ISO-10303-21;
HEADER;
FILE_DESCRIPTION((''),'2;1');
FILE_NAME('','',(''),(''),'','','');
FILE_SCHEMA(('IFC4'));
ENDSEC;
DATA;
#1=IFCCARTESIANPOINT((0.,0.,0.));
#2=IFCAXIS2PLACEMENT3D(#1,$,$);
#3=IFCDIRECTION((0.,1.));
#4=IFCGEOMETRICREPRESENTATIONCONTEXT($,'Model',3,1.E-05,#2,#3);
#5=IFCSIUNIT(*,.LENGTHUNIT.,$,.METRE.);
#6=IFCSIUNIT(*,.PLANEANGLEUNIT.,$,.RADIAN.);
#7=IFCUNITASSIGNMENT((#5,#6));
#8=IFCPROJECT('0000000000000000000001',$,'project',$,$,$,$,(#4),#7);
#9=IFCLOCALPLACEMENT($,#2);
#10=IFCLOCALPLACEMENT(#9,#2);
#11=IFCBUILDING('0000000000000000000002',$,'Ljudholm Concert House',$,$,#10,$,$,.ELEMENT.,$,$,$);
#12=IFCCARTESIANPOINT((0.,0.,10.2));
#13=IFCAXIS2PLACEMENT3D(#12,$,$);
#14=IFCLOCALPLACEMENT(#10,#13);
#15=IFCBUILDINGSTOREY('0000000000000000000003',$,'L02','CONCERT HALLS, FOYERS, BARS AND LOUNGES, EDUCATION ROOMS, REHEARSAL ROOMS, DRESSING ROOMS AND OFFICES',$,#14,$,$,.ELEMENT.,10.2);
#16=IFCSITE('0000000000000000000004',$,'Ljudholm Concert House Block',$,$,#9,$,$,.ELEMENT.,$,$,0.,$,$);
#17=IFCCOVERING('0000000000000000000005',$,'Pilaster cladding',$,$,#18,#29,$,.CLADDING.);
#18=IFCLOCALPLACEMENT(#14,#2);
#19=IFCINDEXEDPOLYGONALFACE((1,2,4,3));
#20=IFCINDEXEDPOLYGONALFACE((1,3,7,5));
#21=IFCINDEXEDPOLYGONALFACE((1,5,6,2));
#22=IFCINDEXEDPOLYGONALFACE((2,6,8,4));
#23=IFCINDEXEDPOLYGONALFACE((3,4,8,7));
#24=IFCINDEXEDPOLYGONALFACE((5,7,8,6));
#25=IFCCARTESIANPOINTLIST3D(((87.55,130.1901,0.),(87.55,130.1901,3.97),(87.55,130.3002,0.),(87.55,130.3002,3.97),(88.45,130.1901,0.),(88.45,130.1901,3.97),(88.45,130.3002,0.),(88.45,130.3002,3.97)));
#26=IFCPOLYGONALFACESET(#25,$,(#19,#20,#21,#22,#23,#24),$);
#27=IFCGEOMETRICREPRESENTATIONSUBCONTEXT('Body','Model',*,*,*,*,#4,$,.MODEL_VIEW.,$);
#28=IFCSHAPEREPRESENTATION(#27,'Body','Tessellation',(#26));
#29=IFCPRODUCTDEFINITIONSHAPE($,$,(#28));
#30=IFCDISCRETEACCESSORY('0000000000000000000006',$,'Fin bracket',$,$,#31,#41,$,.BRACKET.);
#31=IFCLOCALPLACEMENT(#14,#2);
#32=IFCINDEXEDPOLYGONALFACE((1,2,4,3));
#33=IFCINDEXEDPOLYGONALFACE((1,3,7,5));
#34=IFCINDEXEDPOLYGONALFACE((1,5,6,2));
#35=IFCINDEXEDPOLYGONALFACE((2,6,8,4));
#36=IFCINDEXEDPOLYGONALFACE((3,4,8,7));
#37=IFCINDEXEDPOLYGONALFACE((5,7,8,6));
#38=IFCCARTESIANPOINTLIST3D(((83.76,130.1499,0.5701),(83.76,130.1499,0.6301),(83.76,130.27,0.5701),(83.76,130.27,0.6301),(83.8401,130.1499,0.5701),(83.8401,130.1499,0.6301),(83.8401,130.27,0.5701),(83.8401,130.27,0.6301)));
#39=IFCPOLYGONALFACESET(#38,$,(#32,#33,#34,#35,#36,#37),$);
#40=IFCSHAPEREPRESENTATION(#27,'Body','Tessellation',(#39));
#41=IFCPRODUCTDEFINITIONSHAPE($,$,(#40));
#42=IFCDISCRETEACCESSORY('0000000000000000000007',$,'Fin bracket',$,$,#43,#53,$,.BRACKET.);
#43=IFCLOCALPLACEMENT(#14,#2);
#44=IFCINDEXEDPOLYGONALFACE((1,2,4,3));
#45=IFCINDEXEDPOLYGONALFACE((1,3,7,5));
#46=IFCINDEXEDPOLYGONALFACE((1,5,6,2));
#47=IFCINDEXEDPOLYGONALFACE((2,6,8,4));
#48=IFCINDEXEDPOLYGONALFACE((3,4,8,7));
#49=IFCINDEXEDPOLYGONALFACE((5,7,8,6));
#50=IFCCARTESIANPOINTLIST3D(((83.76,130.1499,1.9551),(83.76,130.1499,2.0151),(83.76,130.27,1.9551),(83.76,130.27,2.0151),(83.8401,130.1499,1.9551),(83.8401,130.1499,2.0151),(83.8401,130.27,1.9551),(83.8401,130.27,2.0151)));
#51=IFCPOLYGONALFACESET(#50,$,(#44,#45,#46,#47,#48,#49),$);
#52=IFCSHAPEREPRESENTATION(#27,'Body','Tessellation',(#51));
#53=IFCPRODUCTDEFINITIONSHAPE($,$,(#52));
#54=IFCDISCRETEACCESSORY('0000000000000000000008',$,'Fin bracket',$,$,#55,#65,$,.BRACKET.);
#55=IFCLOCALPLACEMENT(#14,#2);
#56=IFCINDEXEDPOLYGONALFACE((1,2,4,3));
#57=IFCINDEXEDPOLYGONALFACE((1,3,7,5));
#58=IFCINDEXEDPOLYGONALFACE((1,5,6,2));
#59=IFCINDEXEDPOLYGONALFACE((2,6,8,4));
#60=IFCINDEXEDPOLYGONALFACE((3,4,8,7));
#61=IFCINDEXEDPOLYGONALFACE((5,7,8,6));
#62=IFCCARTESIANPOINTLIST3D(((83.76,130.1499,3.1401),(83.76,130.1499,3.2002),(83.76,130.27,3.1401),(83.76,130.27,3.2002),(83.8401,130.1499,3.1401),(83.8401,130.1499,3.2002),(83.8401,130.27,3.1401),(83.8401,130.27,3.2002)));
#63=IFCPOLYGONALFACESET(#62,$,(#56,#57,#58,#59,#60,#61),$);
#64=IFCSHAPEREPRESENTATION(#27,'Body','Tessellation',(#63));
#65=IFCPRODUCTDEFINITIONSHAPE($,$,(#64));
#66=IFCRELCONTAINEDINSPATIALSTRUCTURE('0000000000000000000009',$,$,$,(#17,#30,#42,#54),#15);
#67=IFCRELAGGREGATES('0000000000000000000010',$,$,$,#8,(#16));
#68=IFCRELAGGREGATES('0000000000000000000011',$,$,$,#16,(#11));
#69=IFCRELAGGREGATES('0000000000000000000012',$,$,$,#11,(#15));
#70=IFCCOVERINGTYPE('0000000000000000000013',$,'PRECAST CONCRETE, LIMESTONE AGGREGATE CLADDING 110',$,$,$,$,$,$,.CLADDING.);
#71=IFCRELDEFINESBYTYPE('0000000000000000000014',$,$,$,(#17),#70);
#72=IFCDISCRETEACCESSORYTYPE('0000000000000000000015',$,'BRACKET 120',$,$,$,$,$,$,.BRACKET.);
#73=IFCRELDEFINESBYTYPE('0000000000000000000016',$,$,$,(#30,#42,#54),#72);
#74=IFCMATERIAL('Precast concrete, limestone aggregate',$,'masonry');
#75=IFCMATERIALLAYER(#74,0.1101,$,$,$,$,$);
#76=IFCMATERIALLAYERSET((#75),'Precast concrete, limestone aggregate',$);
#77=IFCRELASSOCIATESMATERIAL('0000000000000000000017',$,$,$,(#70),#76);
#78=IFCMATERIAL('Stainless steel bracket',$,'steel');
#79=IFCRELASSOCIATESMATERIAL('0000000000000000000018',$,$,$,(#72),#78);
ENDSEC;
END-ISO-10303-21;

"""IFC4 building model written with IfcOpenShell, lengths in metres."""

from ifc_helpers import new_model, si_unit, direction, frame, origin, origin_2d, place, context, subcontext, project, spatial, rectangle, extrude, material, layer, layer_set, type_object, element, save


model = new_model("IFC4")

# Units and contexts
model_context = context("Model", 3, precision=1e-05, world=origin(), true_north=direction((0.0, 1.0)))
body_context = subcontext(model_context, "Body", "Model", "MODEL_VIEW")
ifc_project = project(units=[si_unit("LENGTHUNIT", "METRE"), si_unit("PLANEANGLEUNIT", "RADIAN")], contexts=[model_context])

# Site, building, storey
site_placement = place(None, origin())
site = spatial("IfcSite", under=ifc_project, at=site_placement, Name="Ljudholm Concert House Block", CompositionType="ELEMENT", RefElevation=0.0)
building_placement = place(site_placement, origin())
building = spatial("IfcBuilding", under=site, at=building_placement, Name="Ljudholm Concert House", CompositionType="ELEMENT")
storey_placement = place(building_placement, frame((0.0, 0.0, 10.2)))
storey = spatial("IfcBuildingStorey", under=building, at=storey_placement, Name="L02", Description="CONCERT HALLS, FOYERS, BARS AND LOUNGES, EDUCATION ROOMS, REHEARSAL ROOMS, DRESSING ROOMS AND OFFICES", CompositionType="ELEMENT", Elevation=10.2)

# Covering
ifc_material_1 = material(Name="Precast concrete, limestone aggregate", Category="masonry")
ifc_layer_1 = layer(ifc_material_1, 0.1101)
ifc_layer_set_1 = layer_set([ifc_layer_1], Name="Precast concrete, limestone aggregate")
covering_type = type_object("IfcCoveringType", Name="PRECAST CONCRETE, LIMESTONE AGGREGATE CLADDING 110", PredefinedType="CLADDING", material=ifc_layer_set_1)
covering_placement = place(storey_placement, frame((88.0, 130.2451, 0.0), z_axis=(0.0, 0.0, 1.0), x_axis=(0.0, 1.0, 0.0)))
element("IfcCovering", 1, at=covering_placement, inside=storey, type_object=covering_type, Name="Pilaster cladding", PredefinedType="CLADDING", context=body_context, shape_type="SweptSolid", body=[
    extrude(rectangle(XDim=0.1101, YDim=0.8999, at=origin_2d()), origin(), (0.0, 0.0, 1.0), 3.97),
])

# Discrete accessories
ifc_material_2 = material(Name="Stainless steel bracket", Category="steel")
discrete_accessory_type = type_object("IfcDiscreteAccessoryType", Name="BRACKET 120", PredefinedType="BRACKET", material=ifc_material_2)
for number, where, z_axis, x_axis, name in (
    (2, (83.8, 130.21, 0.5701), (0.0, 0.0, 1.0), (0.0, 1.0, 0.0), "Fin bracket"),
    (3, (83.8, 130.21, 1.9551), (0.0, 0.0, 1.0), (0.0, 1.0, 0.0), "Fin bracket"),
    (4, (83.8, 130.21, 3.1401), (0.0, 0.0, 1.0), (0.0, 1.0, 0.0), "Fin bracket"),
):
    element("IfcDiscreteAccessory", number, at=place(storey_placement, frame(where, z_axis=z_axis, x_axis=x_axis)), inside=storey, type_object=discrete_accessory_type, Name=name, PredefinedType="BRACKET", context=body_context, shape_type="SweptSolid", body=[
        extrude(rectangle(XDim=0.1201, YDim=0.0801, at=origin_2d()), origin(), (0.0, 0.0, 1.0), 0.0601),
    ])

save(model, "model.ifc")
